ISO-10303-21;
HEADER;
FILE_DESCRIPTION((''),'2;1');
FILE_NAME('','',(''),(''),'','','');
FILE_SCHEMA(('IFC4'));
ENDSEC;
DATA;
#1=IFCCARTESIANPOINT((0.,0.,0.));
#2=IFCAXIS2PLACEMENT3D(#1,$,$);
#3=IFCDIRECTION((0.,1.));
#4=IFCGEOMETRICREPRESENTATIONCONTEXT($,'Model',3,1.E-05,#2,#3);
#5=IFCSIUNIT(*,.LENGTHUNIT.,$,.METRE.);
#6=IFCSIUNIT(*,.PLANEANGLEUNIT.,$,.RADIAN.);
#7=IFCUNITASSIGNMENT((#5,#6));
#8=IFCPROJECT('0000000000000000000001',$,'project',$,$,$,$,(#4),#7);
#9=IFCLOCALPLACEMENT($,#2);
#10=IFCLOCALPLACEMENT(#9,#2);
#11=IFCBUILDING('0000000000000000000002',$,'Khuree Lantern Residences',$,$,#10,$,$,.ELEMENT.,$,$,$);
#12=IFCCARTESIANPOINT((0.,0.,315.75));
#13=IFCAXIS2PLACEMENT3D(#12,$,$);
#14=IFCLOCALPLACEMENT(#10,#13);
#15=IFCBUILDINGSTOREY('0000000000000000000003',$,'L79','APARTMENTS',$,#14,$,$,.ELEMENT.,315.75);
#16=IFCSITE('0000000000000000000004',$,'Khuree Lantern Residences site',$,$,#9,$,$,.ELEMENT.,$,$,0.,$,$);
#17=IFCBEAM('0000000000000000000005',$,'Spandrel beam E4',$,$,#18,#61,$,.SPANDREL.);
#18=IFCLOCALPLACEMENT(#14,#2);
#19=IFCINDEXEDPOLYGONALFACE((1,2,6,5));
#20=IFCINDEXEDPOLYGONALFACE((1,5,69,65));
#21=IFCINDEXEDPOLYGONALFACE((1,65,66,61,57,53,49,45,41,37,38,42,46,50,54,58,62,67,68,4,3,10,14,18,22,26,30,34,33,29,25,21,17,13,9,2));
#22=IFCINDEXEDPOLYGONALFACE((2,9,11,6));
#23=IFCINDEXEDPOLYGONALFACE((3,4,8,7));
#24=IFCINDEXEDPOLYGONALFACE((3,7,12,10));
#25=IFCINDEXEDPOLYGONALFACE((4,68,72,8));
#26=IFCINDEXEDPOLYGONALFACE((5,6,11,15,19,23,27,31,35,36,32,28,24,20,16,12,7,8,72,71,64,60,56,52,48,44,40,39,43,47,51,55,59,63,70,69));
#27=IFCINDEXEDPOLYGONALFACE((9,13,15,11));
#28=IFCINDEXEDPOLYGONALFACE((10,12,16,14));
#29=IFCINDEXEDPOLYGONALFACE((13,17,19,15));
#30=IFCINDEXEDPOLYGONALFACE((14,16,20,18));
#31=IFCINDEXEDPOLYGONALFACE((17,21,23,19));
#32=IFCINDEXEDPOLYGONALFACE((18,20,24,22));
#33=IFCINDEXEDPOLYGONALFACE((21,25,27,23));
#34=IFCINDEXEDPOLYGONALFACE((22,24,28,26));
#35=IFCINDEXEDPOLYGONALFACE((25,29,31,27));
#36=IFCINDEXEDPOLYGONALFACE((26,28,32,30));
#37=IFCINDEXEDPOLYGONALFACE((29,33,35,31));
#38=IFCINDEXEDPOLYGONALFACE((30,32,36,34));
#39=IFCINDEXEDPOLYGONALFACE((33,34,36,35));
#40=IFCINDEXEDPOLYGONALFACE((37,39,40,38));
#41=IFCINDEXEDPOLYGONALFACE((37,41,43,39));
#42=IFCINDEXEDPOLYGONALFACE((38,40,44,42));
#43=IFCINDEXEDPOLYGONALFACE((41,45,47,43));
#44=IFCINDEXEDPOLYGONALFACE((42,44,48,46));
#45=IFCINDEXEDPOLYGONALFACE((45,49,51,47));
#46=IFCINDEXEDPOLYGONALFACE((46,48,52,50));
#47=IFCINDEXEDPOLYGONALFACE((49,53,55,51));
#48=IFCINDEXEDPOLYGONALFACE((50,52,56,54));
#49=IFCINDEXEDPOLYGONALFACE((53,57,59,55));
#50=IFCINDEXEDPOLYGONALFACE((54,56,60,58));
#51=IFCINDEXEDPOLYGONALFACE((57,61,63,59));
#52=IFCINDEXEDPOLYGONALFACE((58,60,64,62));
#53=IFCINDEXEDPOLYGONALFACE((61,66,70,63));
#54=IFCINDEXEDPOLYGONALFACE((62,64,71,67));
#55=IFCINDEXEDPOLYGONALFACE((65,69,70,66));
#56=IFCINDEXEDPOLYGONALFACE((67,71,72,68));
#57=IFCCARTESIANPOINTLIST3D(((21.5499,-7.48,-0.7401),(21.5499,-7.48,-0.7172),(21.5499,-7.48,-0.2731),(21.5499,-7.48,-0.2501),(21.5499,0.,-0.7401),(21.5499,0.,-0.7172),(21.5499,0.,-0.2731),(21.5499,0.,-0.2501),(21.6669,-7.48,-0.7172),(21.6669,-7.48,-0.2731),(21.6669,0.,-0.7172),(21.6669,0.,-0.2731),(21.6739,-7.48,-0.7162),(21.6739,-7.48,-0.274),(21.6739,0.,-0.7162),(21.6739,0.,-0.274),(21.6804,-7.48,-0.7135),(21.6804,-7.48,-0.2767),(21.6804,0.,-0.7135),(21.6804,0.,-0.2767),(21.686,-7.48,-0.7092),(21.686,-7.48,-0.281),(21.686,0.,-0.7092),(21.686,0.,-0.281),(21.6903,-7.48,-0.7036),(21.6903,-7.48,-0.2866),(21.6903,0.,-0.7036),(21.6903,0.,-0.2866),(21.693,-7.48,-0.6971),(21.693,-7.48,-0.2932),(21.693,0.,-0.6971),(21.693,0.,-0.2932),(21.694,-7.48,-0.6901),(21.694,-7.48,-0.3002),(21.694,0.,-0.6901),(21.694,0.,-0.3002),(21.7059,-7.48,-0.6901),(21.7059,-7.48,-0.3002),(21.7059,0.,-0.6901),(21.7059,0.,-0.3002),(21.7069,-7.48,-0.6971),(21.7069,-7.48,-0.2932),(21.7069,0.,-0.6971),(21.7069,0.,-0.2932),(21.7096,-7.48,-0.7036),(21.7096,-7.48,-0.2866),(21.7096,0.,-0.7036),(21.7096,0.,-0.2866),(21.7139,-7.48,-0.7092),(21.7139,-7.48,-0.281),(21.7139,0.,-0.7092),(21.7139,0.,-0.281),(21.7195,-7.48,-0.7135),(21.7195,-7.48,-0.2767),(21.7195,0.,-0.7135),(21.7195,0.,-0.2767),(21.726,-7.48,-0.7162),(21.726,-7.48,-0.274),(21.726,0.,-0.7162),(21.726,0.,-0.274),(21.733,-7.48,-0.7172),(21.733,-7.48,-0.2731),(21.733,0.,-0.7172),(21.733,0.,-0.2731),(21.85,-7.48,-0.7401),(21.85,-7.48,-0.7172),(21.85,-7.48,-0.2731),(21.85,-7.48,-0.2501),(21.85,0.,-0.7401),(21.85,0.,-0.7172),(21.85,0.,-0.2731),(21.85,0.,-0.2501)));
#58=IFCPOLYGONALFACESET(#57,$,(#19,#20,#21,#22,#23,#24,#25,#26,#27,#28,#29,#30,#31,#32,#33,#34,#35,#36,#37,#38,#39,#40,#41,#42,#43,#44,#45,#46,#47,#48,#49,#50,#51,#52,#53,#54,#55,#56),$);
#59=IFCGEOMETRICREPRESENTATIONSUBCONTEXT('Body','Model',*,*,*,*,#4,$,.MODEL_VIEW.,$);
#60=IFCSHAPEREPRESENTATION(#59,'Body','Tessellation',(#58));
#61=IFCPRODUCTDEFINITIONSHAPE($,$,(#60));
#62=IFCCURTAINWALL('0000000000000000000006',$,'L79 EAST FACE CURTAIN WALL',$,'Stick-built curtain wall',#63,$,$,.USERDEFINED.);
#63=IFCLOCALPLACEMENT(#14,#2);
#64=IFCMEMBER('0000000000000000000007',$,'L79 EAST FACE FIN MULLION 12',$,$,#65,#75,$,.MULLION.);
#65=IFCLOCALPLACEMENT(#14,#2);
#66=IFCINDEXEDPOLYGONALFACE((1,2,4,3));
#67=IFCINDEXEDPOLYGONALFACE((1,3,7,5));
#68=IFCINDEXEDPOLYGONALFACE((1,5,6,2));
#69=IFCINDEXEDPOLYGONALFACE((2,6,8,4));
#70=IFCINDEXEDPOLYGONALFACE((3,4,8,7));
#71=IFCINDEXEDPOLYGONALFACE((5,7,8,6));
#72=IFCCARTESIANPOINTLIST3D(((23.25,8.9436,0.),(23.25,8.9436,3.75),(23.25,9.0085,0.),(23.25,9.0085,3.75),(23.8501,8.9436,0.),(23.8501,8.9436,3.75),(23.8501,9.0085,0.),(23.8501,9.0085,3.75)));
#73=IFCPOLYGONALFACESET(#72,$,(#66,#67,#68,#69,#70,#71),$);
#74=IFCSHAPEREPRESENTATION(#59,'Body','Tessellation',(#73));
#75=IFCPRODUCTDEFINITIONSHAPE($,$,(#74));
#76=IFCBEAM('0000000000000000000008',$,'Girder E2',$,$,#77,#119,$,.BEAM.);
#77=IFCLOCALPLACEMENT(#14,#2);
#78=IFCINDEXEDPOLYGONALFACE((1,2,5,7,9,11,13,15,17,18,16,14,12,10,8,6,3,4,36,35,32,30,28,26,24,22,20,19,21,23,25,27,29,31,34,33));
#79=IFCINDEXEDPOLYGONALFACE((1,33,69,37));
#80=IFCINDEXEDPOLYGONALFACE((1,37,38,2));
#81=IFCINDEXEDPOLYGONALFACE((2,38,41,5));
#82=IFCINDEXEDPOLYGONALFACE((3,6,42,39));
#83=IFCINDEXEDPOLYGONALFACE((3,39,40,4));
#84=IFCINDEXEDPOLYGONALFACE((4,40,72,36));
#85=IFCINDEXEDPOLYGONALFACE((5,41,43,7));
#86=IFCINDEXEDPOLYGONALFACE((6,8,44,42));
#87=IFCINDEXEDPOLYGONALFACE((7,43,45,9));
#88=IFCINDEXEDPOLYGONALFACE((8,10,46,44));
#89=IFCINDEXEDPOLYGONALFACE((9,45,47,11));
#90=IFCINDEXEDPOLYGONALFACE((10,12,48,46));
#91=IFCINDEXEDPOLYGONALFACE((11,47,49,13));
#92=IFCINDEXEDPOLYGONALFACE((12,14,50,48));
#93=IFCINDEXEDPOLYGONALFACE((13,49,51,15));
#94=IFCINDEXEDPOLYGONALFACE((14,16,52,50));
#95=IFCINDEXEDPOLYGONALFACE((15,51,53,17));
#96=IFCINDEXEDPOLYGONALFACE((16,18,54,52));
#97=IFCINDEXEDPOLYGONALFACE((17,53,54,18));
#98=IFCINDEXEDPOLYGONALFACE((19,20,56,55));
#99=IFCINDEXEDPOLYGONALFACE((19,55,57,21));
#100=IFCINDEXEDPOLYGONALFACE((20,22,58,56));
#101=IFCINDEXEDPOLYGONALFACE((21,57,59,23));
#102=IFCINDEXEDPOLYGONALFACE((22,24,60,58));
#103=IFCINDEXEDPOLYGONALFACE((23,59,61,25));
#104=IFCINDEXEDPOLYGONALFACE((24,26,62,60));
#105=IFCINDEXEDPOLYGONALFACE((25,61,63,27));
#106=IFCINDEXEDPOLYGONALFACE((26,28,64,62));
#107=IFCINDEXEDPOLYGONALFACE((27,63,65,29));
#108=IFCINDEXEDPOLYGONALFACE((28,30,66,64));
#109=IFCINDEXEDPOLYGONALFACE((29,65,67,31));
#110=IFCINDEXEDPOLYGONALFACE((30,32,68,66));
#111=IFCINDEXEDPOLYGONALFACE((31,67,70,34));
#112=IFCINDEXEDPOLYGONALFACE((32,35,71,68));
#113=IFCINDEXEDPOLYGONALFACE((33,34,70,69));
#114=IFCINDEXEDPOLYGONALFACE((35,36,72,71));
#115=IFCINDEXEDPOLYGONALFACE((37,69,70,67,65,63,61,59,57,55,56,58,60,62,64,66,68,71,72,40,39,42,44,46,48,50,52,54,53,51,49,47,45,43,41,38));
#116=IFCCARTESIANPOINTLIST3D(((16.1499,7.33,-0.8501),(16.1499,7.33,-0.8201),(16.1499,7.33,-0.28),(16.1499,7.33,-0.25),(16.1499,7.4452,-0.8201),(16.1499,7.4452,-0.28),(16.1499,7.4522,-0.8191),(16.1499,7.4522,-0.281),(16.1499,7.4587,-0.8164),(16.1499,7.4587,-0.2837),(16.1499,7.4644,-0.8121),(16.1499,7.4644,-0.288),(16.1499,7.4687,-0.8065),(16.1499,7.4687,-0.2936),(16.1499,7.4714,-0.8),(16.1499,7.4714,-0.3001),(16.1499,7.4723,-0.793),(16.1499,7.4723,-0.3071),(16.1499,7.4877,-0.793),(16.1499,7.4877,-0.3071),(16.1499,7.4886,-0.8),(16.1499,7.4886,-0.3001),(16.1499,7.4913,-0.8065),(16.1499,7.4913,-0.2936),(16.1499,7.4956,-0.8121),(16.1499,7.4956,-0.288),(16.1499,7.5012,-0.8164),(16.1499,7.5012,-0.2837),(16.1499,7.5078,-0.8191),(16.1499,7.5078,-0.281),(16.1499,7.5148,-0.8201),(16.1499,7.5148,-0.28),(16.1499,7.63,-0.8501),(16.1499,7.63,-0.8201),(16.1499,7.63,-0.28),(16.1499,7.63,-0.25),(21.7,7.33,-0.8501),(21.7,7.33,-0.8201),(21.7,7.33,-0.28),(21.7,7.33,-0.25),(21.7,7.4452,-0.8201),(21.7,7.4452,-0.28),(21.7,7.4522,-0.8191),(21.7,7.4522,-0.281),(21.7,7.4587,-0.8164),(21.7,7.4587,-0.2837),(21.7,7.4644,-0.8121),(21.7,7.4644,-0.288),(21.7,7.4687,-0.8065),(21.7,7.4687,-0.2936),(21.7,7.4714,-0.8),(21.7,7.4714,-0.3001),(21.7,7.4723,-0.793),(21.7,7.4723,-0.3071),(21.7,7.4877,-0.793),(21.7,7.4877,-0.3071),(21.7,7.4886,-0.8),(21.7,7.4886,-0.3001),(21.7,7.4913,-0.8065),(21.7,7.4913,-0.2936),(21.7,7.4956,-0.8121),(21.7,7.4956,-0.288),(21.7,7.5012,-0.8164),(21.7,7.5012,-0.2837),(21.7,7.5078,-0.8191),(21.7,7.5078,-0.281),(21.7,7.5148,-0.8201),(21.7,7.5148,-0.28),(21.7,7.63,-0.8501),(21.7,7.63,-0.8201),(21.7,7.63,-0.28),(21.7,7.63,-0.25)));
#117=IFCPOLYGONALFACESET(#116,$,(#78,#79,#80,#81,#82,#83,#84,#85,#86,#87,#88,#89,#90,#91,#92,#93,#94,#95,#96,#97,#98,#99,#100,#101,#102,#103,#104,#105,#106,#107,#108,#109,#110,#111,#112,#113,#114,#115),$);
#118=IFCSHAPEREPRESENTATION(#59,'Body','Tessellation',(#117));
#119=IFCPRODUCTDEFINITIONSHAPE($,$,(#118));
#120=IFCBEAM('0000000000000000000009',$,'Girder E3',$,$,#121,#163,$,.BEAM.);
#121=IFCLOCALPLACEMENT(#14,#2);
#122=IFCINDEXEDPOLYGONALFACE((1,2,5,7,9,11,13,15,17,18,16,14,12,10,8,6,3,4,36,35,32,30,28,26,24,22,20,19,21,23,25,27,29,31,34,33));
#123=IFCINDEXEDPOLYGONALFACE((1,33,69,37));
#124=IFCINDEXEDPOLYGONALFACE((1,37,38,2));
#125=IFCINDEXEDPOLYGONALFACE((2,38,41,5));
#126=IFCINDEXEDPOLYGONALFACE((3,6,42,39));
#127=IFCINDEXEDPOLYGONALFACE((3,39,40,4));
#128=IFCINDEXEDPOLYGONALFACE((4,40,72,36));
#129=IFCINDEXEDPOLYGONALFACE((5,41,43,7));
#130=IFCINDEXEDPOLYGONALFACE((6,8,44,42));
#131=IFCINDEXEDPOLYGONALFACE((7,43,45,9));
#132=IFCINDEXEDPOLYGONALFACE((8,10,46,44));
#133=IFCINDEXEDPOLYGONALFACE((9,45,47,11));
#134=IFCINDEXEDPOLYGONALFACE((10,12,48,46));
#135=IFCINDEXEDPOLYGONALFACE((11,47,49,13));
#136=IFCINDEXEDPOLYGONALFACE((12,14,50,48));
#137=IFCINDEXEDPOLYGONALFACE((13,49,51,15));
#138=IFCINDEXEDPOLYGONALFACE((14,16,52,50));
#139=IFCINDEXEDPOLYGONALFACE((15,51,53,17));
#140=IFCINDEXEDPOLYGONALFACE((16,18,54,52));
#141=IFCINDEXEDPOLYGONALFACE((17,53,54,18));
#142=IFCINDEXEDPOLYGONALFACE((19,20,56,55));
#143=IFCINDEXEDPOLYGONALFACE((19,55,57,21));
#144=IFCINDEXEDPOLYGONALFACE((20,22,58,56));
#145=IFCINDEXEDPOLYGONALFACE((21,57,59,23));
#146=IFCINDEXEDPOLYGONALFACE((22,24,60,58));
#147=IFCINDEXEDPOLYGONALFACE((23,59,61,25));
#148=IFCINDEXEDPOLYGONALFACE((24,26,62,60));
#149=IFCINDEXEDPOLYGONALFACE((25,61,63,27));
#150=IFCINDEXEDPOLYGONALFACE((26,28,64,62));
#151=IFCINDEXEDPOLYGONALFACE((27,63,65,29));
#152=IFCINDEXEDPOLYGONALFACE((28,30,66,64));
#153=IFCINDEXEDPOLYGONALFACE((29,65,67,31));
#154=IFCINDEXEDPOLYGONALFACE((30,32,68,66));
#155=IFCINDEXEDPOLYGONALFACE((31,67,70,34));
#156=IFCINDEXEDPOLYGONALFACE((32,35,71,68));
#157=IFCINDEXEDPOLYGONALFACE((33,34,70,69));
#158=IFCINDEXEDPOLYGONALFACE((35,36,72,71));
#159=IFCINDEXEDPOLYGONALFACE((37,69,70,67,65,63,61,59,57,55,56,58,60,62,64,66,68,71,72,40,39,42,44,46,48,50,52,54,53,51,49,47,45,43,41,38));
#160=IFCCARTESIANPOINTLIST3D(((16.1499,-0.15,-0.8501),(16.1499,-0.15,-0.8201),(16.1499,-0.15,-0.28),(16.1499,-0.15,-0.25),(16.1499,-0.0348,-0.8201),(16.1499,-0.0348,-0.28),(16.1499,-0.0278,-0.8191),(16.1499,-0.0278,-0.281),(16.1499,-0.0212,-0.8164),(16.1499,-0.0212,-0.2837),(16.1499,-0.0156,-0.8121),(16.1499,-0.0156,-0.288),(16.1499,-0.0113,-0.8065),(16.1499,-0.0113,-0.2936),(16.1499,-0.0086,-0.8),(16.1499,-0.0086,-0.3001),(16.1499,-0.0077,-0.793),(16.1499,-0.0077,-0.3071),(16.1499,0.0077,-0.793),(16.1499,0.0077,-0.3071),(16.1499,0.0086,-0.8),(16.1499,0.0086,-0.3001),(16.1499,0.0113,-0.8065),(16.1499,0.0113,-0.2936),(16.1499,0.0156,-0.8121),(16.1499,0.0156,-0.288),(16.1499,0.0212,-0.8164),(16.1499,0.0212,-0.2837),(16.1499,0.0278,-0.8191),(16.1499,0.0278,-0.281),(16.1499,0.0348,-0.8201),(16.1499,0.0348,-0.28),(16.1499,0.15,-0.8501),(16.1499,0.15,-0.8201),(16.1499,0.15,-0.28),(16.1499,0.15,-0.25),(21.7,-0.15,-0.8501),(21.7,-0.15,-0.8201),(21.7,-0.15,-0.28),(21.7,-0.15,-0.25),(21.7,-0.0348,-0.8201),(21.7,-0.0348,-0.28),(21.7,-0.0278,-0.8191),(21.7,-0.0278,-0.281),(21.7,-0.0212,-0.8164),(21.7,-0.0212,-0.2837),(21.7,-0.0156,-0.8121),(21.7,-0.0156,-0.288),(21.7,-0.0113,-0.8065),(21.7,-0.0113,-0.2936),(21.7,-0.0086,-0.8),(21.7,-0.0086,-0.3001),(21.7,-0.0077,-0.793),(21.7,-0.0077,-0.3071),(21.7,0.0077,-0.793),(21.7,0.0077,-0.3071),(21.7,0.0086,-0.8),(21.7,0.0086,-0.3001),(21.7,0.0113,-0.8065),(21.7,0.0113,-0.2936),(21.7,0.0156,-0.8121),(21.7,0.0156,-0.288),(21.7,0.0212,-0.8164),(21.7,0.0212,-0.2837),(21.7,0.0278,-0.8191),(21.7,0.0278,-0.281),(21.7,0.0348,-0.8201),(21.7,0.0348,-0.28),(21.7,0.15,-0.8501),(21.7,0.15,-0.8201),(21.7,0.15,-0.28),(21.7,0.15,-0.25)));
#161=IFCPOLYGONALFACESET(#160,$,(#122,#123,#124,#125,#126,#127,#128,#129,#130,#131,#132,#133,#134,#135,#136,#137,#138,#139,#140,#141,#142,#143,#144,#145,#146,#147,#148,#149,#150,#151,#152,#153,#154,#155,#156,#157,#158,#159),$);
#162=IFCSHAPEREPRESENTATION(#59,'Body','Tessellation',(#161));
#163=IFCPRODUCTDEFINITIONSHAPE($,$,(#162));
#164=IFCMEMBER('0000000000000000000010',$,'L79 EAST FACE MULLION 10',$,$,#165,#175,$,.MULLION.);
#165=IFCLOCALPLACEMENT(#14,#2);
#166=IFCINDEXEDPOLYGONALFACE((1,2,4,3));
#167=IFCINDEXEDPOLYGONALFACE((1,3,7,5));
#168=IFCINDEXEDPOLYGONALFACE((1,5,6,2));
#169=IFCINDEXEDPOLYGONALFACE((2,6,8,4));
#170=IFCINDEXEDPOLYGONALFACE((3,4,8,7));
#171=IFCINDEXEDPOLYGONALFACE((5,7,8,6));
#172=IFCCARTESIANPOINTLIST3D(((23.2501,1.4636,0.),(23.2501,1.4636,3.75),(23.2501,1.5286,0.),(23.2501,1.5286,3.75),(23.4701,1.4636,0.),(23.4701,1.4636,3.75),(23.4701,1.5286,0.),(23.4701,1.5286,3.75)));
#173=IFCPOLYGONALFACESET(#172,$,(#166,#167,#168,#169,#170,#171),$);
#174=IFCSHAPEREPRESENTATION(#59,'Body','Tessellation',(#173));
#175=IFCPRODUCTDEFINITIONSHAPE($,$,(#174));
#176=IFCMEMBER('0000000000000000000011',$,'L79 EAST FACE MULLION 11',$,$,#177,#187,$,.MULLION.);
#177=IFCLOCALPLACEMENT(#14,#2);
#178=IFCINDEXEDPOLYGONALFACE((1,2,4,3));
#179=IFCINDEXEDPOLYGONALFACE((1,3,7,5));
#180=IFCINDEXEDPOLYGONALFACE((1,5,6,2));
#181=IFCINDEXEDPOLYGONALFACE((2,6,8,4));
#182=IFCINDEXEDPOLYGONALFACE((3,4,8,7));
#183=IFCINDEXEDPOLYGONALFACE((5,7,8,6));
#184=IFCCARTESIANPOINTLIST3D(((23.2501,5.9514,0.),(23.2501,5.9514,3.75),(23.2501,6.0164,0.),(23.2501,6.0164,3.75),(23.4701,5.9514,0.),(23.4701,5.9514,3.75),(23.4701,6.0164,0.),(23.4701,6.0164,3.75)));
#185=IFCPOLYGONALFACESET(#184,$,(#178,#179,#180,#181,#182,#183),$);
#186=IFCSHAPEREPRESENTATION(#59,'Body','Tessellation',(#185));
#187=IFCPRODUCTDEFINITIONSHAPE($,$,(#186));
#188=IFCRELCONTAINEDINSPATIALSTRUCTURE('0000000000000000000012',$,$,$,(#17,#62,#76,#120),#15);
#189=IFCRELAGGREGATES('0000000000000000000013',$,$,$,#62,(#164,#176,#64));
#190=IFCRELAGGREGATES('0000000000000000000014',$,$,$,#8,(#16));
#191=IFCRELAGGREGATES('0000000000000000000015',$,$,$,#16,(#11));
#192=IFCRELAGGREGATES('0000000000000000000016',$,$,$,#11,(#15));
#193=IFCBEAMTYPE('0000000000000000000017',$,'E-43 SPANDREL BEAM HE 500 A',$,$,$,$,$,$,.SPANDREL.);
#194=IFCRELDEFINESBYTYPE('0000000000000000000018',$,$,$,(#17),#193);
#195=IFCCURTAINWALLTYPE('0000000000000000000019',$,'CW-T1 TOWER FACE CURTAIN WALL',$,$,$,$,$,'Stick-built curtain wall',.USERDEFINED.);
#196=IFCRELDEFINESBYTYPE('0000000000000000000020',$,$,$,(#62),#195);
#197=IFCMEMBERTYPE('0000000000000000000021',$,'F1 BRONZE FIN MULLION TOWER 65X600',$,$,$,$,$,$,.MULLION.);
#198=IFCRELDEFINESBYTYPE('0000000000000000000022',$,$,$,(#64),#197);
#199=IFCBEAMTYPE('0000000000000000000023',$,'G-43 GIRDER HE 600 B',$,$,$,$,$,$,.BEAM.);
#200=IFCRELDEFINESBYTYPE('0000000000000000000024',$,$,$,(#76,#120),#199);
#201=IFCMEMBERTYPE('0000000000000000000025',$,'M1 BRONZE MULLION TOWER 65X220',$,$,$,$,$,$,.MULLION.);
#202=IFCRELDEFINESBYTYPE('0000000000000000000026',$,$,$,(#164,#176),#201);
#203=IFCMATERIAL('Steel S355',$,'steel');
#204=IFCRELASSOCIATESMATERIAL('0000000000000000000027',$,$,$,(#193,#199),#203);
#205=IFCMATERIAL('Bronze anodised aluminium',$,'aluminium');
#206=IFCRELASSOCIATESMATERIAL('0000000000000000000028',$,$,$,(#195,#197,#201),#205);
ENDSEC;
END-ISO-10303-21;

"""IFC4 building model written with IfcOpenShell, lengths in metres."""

from ifc_helpers import new_model, si_unit, direction, frame, origin, origin_2d, place, context, subcontext, project, spatial, rectangle, i_section, extrude, material, material_profile, profile_set, type_object, element, aggregate, save


model = new_model("IFC4")

# Units and contexts
model_context = context("Model", 3, precision=1e-05, world=origin(), true_north=direction((0.0, 1.0)))
body_context = subcontext(model_context, "Body", "Model", "MODEL_VIEW")
ifc_project = project(units=[si_unit("LENGTHUNIT", "METRE"), si_unit("PLANEANGLEUNIT", "RADIAN")], contexts=[model_context])

# Site, building, storey
site_placement = place(None, origin())
site = spatial("IfcSite", under=ifc_project, at=site_placement, Name="Khuree Lantern Residences site", CompositionType="ELEMENT", RefElevation=0.0)
building_placement = place(site_placement, origin())
building = spatial("IfcBuilding", under=site, at=building_placement, Name="Khuree Lantern Residences", CompositionType="ELEMENT")
storey_placement = place(building_placement, frame((0.0, 0.0, 315.75)))
storey = spatial("IfcBuildingStorey", under=building, at=storey_placement, Name="L79", Description="APARTMENTS", CompositionType="ELEMENT", Elevation=315.75)

# Beam
ifc_material_1 = material(Name="Steel S355", Category="steel")
ifc_material_profile_1 = material_profile(ifc_material_1, i_section(OverallWidth=0.3, OverallDepth=0.49, WebThickness=0.012, FlangeThickness=0.0229, FilletRadius=0.0271, at=origin_2d()), Name="HE 500 A")
ifc_profile_set_1 = profile_set([ifc_material_profile_1], Name="Steel S355")
beam_type_1 = type_object("IfcBeamType", Name="E-43 SPANDREL BEAM HE 500 A", PredefinedType="SPANDREL", material=ifc_profile_set_1)
for number, where, z_axis, x_axis, name in (
    (1, (21.7, 0.0, -0.4951), (0.0, -1.0, 0.0), (1.0, 0.0, 0.0), "Spandrel beam E4"),
):
    element("IfcBeam", number, at=place(storey_placement, frame(where, z_axis=z_axis, x_axis=x_axis)), inside=storey, type_object=beam_type_1, Name=name, PredefinedType="SPANDREL", context=body_context, shape_type="SweptSolid", body=[
        extrude(i_section(OverallWidth=0.3, OverallDepth=0.49, WebThickness=0.012, FlangeThickness=0.0229, FilletRadius=0.0271, at=origin_2d()), origin(), (0.0, 0.0, 1.0), 7.48),
    ])

# Curtain wall, member
ifc_material_2 = material(Name="Bronze anodised aluminium", Category="aluminium")
curtain_wall_type = type_object("IfcCurtainWallType", Name="CW-T1 TOWER FACE CURTAIN WALL", ElementType="Stick-built curtain wall", PredefinedType="USERDEFINED", material=ifc_material_2)
curtain_wall_placement = place(storey_placement, origin())
curtain_wall = element("IfcCurtainWall", 2, at=curtain_wall_placement, inside=storey, type_object=curtain_wall_type, Name="L79 EAST FACE CURTAIN WALL", ObjectType="Stick-built curtain wall", PredefinedType="USERDEFINED")
ifc_material_profile_2 = material_profile(ifc_material_2, rectangle(XDim=0.0649, YDim=0.6001, at=origin_2d()), Name="F1 65X600")
ifc_profile_set_2 = profile_set([ifc_material_profile_2], Name="Bronze anodised aluminium")
member_type_1 = type_object("IfcMemberType", Name="F1 BRONZE FIN MULLION TOWER 65X600", PredefinedType="MULLION", material=ifc_profile_set_2)
member_1_placement = place(storey_placement, frame((23.55, 8.9761, 0.0), z_axis=(0.0, 0.0, 1.0), x_axis=(0.0, 1.0, 0.0)))
member_1 = element("IfcMember", 3, at=member_1_placement, type_object=member_type_1, Name="L79 EAST FACE FIN MULLION 12", PredefinedType="MULLION", context=body_context, shape_type="SweptSolid", body=[
    extrude(rectangle(XDim=0.0649, YDim=0.6001, at=origin_2d()), origin(), (0.0, 0.0, 1.0), 3.75),
])

# Beams
ifc_material_profile_3 = material_profile(ifc_material_1, i_section(OverallWidth=0.3, OverallDepth=0.6001, WebThickness=0.0154, FlangeThickness=0.03, FilletRadius=0.0271, at=origin_2d()), Name="HE 600 B")
ifc_profile_set_3 = profile_set([ifc_material_profile_3], Name="Steel S355")
beam_type_2 = type_object("IfcBeamType", Name="G-43 GIRDER HE 600 B", PredefinedType="BEAM", material=ifc_profile_set_3)
for number, where, z_axis, x_axis, name in (
    (4, (21.7, 7.48, -0.55), (-1.0, 0.0, 0.0), (0.0, -1.0, 0.0), "Girder E2"),
    (5, (21.7, 0.0, -0.55), (-1.0, 0.0, 0.0), (0.0, -1.0, 0.0), "Girder E3"),
):
    element("IfcBeam", number, at=place(storey_placement, frame(where, z_axis=z_axis, x_axis=x_axis)), inside=storey, type_object=beam_type_2, Name=name, PredefinedType="BEAM", context=body_context, shape_type="SweptSolid", body=[
        extrude(i_section(OverallWidth=0.3, OverallDepth=0.6001, WebThickness=0.0154, FlangeThickness=0.03, FilletRadius=0.0271, at=origin_2d()), origin(), (0.0, 0.0, 1.0), 5.55),
    ])

# Members
ifc_material_profile_4 = material_profile(ifc_material_2, rectangle(XDim=0.0649, YDim=0.22, at=origin_2d()), Name="M1 65X220")
ifc_profile_set_4 = profile_set([ifc_material_profile_4], Name="Bronze anodised aluminium")
member_type_2 = type_object("IfcMemberType", Name="M1 BRONZE MULLION TOWER 65X220", PredefinedType="MULLION", material=ifc_profile_set_4)
member_2_placement = place(storey_placement, frame((23.3601, 1.4961, 0.0), z_axis=(0.0, 0.0, 1.0), x_axis=(0.0, 1.0, 0.0)))
member_2 = element("IfcMember", 6, at=member_2_placement, type_object=member_type_2, Name="L79 EAST FACE MULLION 10", PredefinedType="MULLION", context=body_context, shape_type="SweptSolid", body=[
    extrude(rectangle(XDim=0.0649, YDim=0.22, at=origin_2d()), origin(), (0.0, 0.0, 1.0), 3.75),
])
member_3_placement = place(storey_placement, frame((23.3601, 5.9839, 0.0), z_axis=(0.0, 0.0, 1.0), x_axis=(0.0, 1.0, 0.0)))
member_3 = element("IfcMember", 7, at=member_3_placement, type_object=member_type_2, Name="L79 EAST FACE MULLION 11", PredefinedType="MULLION", context=body_context, shape_type="SweptSolid", body=[
    extrude(rectangle(XDim=0.0649, YDim=0.22, at=origin_2d()), origin(), (0.0, 0.0, 1.0), 3.75),
])

aggregate(curtain_wall, [member_2, member_3, member_1])

save(model, "model.ifc")
